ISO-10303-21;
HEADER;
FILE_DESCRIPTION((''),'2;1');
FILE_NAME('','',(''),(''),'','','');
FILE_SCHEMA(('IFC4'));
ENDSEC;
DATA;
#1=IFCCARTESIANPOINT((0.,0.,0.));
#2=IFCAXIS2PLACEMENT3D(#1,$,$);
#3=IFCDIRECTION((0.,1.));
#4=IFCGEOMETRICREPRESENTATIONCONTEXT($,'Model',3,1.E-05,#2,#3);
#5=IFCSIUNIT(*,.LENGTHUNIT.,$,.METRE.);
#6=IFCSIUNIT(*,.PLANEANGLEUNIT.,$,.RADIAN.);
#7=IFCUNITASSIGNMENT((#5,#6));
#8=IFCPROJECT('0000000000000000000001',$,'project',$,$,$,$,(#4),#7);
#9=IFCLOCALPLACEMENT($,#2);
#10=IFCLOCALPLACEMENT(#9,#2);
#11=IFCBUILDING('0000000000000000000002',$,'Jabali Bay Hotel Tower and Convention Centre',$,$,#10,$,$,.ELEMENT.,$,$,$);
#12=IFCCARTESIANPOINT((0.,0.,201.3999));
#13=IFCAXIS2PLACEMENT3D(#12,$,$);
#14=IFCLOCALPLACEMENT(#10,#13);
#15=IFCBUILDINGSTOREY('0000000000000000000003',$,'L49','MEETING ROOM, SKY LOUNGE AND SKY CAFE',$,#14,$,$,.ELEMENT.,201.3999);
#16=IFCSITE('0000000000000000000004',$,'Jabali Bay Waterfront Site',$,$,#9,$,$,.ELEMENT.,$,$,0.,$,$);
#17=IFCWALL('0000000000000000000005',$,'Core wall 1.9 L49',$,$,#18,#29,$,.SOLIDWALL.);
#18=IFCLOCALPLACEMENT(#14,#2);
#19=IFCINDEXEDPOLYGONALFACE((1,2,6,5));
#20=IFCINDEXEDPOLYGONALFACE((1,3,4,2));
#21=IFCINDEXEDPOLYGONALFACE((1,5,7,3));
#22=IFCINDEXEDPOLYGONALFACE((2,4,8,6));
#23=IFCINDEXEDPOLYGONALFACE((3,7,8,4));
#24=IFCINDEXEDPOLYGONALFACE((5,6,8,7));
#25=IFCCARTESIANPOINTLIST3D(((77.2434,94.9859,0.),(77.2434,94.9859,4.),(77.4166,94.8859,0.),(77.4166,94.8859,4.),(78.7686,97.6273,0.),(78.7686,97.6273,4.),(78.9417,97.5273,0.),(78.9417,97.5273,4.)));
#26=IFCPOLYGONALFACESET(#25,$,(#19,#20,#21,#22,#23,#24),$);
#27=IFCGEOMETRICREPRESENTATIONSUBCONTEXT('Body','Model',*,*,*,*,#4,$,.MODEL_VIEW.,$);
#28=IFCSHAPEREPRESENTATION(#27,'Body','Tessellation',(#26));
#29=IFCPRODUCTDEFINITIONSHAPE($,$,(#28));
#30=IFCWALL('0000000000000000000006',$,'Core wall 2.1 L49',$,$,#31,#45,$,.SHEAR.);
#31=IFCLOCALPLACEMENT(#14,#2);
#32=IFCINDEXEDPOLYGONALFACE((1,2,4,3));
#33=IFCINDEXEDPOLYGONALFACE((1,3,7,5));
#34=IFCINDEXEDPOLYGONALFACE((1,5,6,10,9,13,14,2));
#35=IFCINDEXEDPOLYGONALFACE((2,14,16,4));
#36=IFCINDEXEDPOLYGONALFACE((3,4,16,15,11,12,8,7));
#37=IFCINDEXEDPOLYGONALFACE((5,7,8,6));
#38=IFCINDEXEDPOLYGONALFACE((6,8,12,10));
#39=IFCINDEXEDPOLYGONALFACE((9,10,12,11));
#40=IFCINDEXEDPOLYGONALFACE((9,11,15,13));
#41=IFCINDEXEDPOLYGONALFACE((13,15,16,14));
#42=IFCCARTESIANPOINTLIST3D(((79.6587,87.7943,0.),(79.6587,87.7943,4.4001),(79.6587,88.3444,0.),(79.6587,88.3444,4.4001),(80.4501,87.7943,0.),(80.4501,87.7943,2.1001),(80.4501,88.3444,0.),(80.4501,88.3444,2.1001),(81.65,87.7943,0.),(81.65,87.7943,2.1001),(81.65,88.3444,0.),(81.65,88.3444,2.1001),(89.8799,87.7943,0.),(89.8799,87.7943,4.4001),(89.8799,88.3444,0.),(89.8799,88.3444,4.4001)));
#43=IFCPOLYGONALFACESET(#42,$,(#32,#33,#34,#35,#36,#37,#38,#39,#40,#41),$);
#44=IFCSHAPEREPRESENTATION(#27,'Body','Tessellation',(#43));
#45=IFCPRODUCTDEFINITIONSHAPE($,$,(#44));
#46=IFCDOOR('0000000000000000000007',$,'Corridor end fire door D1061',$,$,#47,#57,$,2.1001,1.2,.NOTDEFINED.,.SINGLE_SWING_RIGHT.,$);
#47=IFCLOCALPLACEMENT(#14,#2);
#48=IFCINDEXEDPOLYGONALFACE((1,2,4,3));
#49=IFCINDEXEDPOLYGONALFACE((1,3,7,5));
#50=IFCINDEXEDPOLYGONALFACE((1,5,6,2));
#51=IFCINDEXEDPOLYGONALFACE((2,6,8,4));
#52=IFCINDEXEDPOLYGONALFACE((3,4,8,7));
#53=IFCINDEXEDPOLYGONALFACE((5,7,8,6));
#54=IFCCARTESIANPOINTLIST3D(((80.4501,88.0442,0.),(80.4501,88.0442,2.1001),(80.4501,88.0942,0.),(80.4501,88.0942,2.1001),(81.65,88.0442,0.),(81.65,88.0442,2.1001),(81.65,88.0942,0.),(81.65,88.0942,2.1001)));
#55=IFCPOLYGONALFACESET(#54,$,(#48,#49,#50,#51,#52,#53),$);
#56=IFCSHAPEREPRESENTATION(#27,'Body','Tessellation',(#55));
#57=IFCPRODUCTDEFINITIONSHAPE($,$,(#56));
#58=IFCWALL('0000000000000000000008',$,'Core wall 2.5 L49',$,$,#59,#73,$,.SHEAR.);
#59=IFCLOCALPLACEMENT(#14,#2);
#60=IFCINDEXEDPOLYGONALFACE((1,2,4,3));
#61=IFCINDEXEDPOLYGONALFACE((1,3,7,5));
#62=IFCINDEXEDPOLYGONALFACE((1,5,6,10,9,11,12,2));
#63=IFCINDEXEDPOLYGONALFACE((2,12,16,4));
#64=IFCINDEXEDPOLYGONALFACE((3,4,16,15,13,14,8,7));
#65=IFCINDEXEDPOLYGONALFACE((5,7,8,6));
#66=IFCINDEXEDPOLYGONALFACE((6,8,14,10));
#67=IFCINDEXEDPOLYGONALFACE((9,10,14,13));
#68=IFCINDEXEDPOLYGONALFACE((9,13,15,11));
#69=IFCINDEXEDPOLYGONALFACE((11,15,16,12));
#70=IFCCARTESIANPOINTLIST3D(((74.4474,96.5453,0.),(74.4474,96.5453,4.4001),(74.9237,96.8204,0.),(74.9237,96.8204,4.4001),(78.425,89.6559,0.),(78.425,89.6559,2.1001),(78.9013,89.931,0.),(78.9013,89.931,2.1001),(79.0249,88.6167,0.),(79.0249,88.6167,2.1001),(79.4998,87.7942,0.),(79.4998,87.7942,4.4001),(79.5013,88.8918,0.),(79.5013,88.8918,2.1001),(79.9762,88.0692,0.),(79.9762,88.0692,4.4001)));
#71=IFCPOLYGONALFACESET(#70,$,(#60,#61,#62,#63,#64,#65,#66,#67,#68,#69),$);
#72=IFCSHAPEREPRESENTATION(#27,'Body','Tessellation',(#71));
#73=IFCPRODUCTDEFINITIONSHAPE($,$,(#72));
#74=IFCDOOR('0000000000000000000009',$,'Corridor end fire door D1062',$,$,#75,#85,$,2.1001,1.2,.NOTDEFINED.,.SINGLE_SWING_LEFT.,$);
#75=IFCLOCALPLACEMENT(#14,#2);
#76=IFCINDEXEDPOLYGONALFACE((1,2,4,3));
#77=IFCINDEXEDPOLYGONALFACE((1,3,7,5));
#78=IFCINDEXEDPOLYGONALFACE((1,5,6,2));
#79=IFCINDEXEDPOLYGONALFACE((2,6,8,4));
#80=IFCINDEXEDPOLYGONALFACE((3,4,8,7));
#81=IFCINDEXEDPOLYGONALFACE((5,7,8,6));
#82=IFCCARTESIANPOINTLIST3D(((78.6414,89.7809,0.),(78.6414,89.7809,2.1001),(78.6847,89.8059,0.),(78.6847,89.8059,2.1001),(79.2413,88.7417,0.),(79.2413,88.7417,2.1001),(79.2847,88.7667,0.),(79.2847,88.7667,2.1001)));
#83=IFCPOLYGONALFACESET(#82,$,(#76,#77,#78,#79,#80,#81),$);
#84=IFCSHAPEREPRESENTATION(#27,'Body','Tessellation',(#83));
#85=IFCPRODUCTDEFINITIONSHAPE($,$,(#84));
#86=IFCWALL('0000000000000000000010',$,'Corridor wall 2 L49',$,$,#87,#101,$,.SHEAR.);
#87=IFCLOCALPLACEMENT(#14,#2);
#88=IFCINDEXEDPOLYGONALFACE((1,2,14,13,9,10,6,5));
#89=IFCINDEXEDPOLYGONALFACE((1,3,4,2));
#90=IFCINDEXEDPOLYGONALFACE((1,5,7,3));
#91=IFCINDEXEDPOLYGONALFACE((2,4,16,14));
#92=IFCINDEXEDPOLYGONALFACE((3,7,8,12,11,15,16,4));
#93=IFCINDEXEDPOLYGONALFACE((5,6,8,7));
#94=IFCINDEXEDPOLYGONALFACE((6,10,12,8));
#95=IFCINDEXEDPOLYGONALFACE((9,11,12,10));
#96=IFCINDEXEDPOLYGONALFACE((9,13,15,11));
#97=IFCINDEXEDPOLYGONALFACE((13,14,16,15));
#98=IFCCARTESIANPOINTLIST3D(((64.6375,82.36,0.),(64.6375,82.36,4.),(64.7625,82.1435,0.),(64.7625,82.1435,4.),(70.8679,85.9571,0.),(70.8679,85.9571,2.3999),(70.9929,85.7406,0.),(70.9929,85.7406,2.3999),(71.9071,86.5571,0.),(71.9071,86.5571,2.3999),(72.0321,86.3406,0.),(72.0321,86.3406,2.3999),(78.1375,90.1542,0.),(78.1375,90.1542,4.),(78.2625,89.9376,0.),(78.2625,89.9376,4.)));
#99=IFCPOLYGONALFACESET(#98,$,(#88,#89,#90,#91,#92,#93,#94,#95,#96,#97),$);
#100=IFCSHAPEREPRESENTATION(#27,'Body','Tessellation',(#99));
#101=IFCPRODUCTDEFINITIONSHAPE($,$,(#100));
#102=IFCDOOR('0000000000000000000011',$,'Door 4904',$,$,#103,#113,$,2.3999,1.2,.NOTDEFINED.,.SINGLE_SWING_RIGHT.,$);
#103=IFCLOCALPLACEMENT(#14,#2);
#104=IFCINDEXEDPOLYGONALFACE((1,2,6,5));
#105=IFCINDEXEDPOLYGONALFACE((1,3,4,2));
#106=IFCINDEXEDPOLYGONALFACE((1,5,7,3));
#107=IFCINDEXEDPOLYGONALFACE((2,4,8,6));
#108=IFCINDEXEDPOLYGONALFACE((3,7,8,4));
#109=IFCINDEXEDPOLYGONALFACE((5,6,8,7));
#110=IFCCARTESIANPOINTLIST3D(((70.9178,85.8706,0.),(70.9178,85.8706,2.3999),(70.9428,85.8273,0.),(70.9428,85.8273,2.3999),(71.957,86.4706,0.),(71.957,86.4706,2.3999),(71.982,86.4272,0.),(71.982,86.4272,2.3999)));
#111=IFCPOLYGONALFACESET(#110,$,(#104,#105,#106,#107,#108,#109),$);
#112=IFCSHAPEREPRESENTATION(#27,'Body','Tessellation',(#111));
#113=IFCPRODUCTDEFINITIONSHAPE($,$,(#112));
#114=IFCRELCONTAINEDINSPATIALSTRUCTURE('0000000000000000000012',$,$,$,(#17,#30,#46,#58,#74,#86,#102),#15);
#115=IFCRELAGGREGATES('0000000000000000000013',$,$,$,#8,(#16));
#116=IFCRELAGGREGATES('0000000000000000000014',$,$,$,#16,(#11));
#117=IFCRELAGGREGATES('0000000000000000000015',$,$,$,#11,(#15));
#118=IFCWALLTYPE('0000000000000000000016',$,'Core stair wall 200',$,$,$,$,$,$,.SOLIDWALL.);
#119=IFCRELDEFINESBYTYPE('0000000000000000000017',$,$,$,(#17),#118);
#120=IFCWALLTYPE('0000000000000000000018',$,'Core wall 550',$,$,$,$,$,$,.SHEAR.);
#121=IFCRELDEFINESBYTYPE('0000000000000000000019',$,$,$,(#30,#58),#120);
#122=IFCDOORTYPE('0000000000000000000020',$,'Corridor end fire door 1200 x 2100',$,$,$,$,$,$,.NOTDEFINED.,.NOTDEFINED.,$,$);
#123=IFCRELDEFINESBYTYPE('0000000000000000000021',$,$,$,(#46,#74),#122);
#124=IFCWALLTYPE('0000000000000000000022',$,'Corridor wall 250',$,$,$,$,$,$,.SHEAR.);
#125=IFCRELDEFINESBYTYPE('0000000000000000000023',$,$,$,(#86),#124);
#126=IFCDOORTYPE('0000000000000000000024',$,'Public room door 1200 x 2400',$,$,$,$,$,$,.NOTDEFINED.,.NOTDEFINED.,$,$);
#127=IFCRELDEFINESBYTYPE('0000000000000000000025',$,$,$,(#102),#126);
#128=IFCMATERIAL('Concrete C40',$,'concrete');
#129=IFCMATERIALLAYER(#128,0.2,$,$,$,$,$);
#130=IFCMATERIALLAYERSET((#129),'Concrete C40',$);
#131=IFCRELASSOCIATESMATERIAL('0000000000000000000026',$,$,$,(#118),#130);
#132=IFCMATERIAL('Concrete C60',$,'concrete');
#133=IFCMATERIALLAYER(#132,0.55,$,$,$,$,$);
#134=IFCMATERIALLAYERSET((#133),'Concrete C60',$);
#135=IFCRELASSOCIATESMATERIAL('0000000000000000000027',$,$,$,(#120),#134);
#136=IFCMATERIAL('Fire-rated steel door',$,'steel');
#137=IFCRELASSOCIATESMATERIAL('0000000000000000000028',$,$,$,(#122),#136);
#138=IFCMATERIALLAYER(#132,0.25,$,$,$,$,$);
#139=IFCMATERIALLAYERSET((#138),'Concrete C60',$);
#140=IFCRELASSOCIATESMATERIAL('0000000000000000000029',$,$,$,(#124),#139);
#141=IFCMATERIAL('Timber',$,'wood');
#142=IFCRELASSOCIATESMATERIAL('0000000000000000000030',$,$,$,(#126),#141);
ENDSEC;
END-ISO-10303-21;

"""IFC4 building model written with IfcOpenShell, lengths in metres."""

from ifc_helpers import new_model, si_unit, direction, frame, frame_2d, origin, place, context, subcontext, project, spatial, rectangle, extrude, material, layer, layer_set, type_object, element, fill, save


model = new_model("IFC4")

# Units and contexts
model_context = context("Model", 3, precision=1e-05, world=origin(), true_north=direction((0.0, 1.0)))
body_context = subcontext(model_context, "Body", "Model", "MODEL_VIEW")
ifc_project = project(units=[si_unit("LENGTHUNIT", "METRE"), si_unit("PLANEANGLEUNIT", "RADIAN")], contexts=[model_context])

# Site, building, storey
site_placement = place(None, origin())
site = spatial("IfcSite", under=ifc_project, at=site_placement, Name="Jabali Bay Waterfront Site", CompositionType="ELEMENT", RefElevation=0.0)
building_placement = place(site_placement, origin())
building = spatial("IfcBuilding", under=site, at=building_placement, Name="Jabali Bay Hotel Tower and Convention Centre", CompositionType="ELEMENT")
storey_placement = place(building_placement, frame((0.0, 0.0, 201.3999)))
storey = spatial("IfcBuildingStorey", under=building, at=storey_placement, Name="L49", Description="MEETING ROOM, SKY LOUNGE AND SKY CAFE", CompositionType="ELEMENT", Elevation=201.3999)

# Shared definitions
ifc_material_1 = material(Name="Concrete C40", Category="concrete")
ifc_material_2 = material(Name="Fire-rated steel door", Category="steel")

# Wall
ifc_layer_1 = layer(ifc_material_1, 0.2)
ifc_layer_set_1 = layer_set([ifc_layer_1], Name="Concrete C40")
wall_type_1 = type_object("IfcWallType", Name="Core stair wall 200", PredefinedType="SOLIDWALL", material=ifc_layer_set_1)
for number, where, z_axis, x_axis, name in (
    (1, (77.3301, 94.936, 0.0), (0.0, 0.0, 1.0), (0.500039, 0.866003, 0.0), "Core wall 1.9 L49"),
):
    element("IfcWall", number, at=place(storey_placement, frame(where, z_axis=z_axis, x_axis=x_axis)), inside=storey, type_object=wall_type_1, Name=name, PredefinedType="SOLIDWALL", context=body_context, shape_type="SweptSolid", body=[
        extrude(rectangle(XDim=3.05, YDim=0.2, at=frame_2d((1.5249, 0.0))), origin(), (0.0, 0.0, 1.0), 4.0),
    ])

# Walls, openings, doors
ifc_material_3 = material(Name="Concrete C60", Category="concrete")
ifc_layer_2 = layer(ifc_material_3, 0.55)
ifc_layer_set_2 = layer_set([ifc_layer_2], Name="Concrete C60")
wall_type_2 = type_object("IfcWallType", Name="Core wall 550", PredefinedType="SHEAR", material=ifc_layer_set_2)
wall_1_placement = place(storey_placement, frame((79.6587, 88.0693, 0.0), z_axis=(0.0, 0.0, 1.0), x_axis=(1.0, 0.0, 0.0)))
wall_1 = element("IfcWall", 2, at=wall_1_placement, inside=storey, type_object=wall_type_2, Name="Core wall 2.1 L49", PredefinedType="SHEAR", context=body_context, shape_type="SweptSolid", body=[
    extrude(rectangle(XDim=10.2212, YDim=0.55, at=frame_2d((5.1106, 0.0))), origin(), (0.0, 0.0, 1.0), 4.4001),
])
opening_1_placement = place(wall_1_placement, frame((0.7913, 0.0, 0.0)))
opening_1 = element("IfcOpeningElement", 3, at=opening_1_placement, cuts=wall_1, PredefinedType="OPENING", context=body_context, shape_type="SweptSolid", body=[
    extrude(rectangle(XDim=1.2, YDim=2.1001, at=frame_2d((0.6001, 1.05))), frame((0.0, 0.2856, 0.0), z_axis=(0.0, -1.0, 0.0), x_axis=(1.0, 0.0, 0.0)), (0.0, 0.0, 1.0), 0.571),
])
door_type_1 = type_object("IfcDoorType", Name="Corridor end fire door 1200 x 2100", OperationType="NOTDEFINED", PredefinedType="NOTDEFINED", material=ifc_material_2)
door_1_placement = place(opening_1_placement, origin())
door_1 = element("IfcDoor", 4, at=door_1_placement, inside=storey, type_object=door_type_1, Name="Corridor end fire door D1061", OperationType="SINGLE_SWING_RIGHT", OverallHeight=2.1001, OverallWidth=1.2, PredefinedType="NOTDEFINED", context=body_context, shape_type="SweptSolid", body=[
    extrude(rectangle(XDim=1.2, YDim=2.1001, at=frame_2d((0.6001, 1.05))), frame((0.0, 0.0249, 0.0), z_axis=(0.0, -1.0, 0.0), x_axis=(1.0, 0.0, 0.0)), (0.0, 0.0, 1.0), 0.05),
])
fill(opening_1, door_1)
wall_2_placement = place(storey_placement, frame((74.6855, 96.6829, 0.0), z_axis=(0.0, 0.0, 1.0), x_axis=(0.499998, -0.866027, 0.0)))
wall_2 = element("IfcWall", 5, at=wall_2_placement, inside=storey, type_object=wall_type_2, Name="Core wall 2.5 L49", PredefinedType="SHEAR", context=body_context, shape_type="SweptSolid", body=[
    extrude(rectangle(XDim=10.105, YDim=0.55, at=frame_2d((5.0525, 0.0))), origin(), (0.0, 0.0, 1.0), 4.4001),
])
opening_2_placement = place(wall_2_placement, frame((7.9551, 0.0, 0.0)))
opening_2 = element("IfcOpeningElement", 6, at=opening_2_placement, cuts=wall_2, PredefinedType="OPENING", context=body_context, shape_type="SweptSolid", body=[
    extrude(rectangle(XDim=1.2, YDim=2.1001, at=frame_2d((0.6001, 1.05))), frame((0.0, 0.2856, 0.0), z_axis=(0.0, -1.0, 0.0), x_axis=(1.0, 0.0, 0.0)), (0.0, 0.0, 1.0), 0.571),
])
door_2_placement = place(opening_2_placement, origin())
door_2 = element("IfcDoor", 7, at=door_2_placement, inside=storey, type_object=door_type_1, Name="Corridor end fire door D1062", OperationType="SINGLE_SWING_LEFT", OverallHeight=2.1001, OverallWidth=1.2, PredefinedType="NOTDEFINED", context=body_context, shape_type="SweptSolid", body=[
    extrude(rectangle(XDim=1.2, YDim=2.1001, at=frame_2d((0.6001, 1.05))), frame((0.0, 0.0249, 0.0), z_axis=(0.0, -1.0, 0.0), x_axis=(1.0, 0.0, 0.0)), (0.0, 0.0, 1.0), 0.05),
])
fill(opening_2, door_2)
ifc_layer_3 = layer(ifc_material_3, 0.25)
ifc_layer_set_3 = layer_set([ifc_layer_3], Name="Concrete C60")
wall_type_3 = type_object("IfcWallType", Name="Corridor wall 250", PredefinedType="SHEAR", material=ifc_layer_set_3)
wall_3_placement = place(storey_placement, frame((78.2, 90.0459, 0.0), z_axis=(0.0, 0.0, 1.0), x_axis=(-0.866026, -0.499998, 0.0)))
wall_3 = element("IfcWall", 8, at=wall_3_placement, inside=storey, type_object=wall_type_3, Name="Corridor wall 2 L49", PredefinedType="SHEAR", context=body_context, shape_type="SweptSolid", body=[
    extrude(rectangle(XDim=15.5884, YDim=0.25, at=frame_2d((7.7942, 0.0))), origin(), (0.0, 0.0, 1.0), 4.0),
])
opening_3_placement = place(wall_3_placement, frame((7.1941, 0.0, 0.0)))
opening_3 = element("IfcOpeningElement", 9, at=opening_3_placement, cuts=wall_3, PredefinedType="OPENING", context=body_context, shape_type="SweptSolid", body=[
    extrude(rectangle(XDim=1.2, YDim=2.3999, at=frame_2d((0.6001, 1.2))), frame((0.0, 0.1355, 0.0), z_axis=(0.0, -1.0, 0.0), x_axis=(1.0, 0.0, 0.0)), (0.0, 0.0, 1.0), 0.271),
])
ifc_material_4 = material(Name="Timber", Category="wood")
door_type_2 = type_object("IfcDoorType", Name="Public room door 1200 x 2400", OperationType="NOTDEFINED", PredefinedType="NOTDEFINED", material=ifc_material_4)
door_3_placement = place(opening_3_placement, origin())
door_3 = element("IfcDoor", 10, at=door_3_placement, inside=storey, type_object=door_type_2, Name="Door 4904", OperationType="SINGLE_SWING_RIGHT", OverallHeight=2.3999, OverallWidth=1.2, PredefinedType="NOTDEFINED", context=body_context, shape_type="SweptSolid", body=[
    extrude(rectangle(XDim=1.2, YDim=2.3999, at=frame_2d((0.6001, 1.2))), frame((0.0, 0.0249, 0.0), z_axis=(0.0, -1.0, 0.0), x_axis=(1.0, 0.0, 0.0)), (0.0, 0.0, 1.0), 0.05),
])
fill(opening_3, door_3)

save(model, "model.ifc")
